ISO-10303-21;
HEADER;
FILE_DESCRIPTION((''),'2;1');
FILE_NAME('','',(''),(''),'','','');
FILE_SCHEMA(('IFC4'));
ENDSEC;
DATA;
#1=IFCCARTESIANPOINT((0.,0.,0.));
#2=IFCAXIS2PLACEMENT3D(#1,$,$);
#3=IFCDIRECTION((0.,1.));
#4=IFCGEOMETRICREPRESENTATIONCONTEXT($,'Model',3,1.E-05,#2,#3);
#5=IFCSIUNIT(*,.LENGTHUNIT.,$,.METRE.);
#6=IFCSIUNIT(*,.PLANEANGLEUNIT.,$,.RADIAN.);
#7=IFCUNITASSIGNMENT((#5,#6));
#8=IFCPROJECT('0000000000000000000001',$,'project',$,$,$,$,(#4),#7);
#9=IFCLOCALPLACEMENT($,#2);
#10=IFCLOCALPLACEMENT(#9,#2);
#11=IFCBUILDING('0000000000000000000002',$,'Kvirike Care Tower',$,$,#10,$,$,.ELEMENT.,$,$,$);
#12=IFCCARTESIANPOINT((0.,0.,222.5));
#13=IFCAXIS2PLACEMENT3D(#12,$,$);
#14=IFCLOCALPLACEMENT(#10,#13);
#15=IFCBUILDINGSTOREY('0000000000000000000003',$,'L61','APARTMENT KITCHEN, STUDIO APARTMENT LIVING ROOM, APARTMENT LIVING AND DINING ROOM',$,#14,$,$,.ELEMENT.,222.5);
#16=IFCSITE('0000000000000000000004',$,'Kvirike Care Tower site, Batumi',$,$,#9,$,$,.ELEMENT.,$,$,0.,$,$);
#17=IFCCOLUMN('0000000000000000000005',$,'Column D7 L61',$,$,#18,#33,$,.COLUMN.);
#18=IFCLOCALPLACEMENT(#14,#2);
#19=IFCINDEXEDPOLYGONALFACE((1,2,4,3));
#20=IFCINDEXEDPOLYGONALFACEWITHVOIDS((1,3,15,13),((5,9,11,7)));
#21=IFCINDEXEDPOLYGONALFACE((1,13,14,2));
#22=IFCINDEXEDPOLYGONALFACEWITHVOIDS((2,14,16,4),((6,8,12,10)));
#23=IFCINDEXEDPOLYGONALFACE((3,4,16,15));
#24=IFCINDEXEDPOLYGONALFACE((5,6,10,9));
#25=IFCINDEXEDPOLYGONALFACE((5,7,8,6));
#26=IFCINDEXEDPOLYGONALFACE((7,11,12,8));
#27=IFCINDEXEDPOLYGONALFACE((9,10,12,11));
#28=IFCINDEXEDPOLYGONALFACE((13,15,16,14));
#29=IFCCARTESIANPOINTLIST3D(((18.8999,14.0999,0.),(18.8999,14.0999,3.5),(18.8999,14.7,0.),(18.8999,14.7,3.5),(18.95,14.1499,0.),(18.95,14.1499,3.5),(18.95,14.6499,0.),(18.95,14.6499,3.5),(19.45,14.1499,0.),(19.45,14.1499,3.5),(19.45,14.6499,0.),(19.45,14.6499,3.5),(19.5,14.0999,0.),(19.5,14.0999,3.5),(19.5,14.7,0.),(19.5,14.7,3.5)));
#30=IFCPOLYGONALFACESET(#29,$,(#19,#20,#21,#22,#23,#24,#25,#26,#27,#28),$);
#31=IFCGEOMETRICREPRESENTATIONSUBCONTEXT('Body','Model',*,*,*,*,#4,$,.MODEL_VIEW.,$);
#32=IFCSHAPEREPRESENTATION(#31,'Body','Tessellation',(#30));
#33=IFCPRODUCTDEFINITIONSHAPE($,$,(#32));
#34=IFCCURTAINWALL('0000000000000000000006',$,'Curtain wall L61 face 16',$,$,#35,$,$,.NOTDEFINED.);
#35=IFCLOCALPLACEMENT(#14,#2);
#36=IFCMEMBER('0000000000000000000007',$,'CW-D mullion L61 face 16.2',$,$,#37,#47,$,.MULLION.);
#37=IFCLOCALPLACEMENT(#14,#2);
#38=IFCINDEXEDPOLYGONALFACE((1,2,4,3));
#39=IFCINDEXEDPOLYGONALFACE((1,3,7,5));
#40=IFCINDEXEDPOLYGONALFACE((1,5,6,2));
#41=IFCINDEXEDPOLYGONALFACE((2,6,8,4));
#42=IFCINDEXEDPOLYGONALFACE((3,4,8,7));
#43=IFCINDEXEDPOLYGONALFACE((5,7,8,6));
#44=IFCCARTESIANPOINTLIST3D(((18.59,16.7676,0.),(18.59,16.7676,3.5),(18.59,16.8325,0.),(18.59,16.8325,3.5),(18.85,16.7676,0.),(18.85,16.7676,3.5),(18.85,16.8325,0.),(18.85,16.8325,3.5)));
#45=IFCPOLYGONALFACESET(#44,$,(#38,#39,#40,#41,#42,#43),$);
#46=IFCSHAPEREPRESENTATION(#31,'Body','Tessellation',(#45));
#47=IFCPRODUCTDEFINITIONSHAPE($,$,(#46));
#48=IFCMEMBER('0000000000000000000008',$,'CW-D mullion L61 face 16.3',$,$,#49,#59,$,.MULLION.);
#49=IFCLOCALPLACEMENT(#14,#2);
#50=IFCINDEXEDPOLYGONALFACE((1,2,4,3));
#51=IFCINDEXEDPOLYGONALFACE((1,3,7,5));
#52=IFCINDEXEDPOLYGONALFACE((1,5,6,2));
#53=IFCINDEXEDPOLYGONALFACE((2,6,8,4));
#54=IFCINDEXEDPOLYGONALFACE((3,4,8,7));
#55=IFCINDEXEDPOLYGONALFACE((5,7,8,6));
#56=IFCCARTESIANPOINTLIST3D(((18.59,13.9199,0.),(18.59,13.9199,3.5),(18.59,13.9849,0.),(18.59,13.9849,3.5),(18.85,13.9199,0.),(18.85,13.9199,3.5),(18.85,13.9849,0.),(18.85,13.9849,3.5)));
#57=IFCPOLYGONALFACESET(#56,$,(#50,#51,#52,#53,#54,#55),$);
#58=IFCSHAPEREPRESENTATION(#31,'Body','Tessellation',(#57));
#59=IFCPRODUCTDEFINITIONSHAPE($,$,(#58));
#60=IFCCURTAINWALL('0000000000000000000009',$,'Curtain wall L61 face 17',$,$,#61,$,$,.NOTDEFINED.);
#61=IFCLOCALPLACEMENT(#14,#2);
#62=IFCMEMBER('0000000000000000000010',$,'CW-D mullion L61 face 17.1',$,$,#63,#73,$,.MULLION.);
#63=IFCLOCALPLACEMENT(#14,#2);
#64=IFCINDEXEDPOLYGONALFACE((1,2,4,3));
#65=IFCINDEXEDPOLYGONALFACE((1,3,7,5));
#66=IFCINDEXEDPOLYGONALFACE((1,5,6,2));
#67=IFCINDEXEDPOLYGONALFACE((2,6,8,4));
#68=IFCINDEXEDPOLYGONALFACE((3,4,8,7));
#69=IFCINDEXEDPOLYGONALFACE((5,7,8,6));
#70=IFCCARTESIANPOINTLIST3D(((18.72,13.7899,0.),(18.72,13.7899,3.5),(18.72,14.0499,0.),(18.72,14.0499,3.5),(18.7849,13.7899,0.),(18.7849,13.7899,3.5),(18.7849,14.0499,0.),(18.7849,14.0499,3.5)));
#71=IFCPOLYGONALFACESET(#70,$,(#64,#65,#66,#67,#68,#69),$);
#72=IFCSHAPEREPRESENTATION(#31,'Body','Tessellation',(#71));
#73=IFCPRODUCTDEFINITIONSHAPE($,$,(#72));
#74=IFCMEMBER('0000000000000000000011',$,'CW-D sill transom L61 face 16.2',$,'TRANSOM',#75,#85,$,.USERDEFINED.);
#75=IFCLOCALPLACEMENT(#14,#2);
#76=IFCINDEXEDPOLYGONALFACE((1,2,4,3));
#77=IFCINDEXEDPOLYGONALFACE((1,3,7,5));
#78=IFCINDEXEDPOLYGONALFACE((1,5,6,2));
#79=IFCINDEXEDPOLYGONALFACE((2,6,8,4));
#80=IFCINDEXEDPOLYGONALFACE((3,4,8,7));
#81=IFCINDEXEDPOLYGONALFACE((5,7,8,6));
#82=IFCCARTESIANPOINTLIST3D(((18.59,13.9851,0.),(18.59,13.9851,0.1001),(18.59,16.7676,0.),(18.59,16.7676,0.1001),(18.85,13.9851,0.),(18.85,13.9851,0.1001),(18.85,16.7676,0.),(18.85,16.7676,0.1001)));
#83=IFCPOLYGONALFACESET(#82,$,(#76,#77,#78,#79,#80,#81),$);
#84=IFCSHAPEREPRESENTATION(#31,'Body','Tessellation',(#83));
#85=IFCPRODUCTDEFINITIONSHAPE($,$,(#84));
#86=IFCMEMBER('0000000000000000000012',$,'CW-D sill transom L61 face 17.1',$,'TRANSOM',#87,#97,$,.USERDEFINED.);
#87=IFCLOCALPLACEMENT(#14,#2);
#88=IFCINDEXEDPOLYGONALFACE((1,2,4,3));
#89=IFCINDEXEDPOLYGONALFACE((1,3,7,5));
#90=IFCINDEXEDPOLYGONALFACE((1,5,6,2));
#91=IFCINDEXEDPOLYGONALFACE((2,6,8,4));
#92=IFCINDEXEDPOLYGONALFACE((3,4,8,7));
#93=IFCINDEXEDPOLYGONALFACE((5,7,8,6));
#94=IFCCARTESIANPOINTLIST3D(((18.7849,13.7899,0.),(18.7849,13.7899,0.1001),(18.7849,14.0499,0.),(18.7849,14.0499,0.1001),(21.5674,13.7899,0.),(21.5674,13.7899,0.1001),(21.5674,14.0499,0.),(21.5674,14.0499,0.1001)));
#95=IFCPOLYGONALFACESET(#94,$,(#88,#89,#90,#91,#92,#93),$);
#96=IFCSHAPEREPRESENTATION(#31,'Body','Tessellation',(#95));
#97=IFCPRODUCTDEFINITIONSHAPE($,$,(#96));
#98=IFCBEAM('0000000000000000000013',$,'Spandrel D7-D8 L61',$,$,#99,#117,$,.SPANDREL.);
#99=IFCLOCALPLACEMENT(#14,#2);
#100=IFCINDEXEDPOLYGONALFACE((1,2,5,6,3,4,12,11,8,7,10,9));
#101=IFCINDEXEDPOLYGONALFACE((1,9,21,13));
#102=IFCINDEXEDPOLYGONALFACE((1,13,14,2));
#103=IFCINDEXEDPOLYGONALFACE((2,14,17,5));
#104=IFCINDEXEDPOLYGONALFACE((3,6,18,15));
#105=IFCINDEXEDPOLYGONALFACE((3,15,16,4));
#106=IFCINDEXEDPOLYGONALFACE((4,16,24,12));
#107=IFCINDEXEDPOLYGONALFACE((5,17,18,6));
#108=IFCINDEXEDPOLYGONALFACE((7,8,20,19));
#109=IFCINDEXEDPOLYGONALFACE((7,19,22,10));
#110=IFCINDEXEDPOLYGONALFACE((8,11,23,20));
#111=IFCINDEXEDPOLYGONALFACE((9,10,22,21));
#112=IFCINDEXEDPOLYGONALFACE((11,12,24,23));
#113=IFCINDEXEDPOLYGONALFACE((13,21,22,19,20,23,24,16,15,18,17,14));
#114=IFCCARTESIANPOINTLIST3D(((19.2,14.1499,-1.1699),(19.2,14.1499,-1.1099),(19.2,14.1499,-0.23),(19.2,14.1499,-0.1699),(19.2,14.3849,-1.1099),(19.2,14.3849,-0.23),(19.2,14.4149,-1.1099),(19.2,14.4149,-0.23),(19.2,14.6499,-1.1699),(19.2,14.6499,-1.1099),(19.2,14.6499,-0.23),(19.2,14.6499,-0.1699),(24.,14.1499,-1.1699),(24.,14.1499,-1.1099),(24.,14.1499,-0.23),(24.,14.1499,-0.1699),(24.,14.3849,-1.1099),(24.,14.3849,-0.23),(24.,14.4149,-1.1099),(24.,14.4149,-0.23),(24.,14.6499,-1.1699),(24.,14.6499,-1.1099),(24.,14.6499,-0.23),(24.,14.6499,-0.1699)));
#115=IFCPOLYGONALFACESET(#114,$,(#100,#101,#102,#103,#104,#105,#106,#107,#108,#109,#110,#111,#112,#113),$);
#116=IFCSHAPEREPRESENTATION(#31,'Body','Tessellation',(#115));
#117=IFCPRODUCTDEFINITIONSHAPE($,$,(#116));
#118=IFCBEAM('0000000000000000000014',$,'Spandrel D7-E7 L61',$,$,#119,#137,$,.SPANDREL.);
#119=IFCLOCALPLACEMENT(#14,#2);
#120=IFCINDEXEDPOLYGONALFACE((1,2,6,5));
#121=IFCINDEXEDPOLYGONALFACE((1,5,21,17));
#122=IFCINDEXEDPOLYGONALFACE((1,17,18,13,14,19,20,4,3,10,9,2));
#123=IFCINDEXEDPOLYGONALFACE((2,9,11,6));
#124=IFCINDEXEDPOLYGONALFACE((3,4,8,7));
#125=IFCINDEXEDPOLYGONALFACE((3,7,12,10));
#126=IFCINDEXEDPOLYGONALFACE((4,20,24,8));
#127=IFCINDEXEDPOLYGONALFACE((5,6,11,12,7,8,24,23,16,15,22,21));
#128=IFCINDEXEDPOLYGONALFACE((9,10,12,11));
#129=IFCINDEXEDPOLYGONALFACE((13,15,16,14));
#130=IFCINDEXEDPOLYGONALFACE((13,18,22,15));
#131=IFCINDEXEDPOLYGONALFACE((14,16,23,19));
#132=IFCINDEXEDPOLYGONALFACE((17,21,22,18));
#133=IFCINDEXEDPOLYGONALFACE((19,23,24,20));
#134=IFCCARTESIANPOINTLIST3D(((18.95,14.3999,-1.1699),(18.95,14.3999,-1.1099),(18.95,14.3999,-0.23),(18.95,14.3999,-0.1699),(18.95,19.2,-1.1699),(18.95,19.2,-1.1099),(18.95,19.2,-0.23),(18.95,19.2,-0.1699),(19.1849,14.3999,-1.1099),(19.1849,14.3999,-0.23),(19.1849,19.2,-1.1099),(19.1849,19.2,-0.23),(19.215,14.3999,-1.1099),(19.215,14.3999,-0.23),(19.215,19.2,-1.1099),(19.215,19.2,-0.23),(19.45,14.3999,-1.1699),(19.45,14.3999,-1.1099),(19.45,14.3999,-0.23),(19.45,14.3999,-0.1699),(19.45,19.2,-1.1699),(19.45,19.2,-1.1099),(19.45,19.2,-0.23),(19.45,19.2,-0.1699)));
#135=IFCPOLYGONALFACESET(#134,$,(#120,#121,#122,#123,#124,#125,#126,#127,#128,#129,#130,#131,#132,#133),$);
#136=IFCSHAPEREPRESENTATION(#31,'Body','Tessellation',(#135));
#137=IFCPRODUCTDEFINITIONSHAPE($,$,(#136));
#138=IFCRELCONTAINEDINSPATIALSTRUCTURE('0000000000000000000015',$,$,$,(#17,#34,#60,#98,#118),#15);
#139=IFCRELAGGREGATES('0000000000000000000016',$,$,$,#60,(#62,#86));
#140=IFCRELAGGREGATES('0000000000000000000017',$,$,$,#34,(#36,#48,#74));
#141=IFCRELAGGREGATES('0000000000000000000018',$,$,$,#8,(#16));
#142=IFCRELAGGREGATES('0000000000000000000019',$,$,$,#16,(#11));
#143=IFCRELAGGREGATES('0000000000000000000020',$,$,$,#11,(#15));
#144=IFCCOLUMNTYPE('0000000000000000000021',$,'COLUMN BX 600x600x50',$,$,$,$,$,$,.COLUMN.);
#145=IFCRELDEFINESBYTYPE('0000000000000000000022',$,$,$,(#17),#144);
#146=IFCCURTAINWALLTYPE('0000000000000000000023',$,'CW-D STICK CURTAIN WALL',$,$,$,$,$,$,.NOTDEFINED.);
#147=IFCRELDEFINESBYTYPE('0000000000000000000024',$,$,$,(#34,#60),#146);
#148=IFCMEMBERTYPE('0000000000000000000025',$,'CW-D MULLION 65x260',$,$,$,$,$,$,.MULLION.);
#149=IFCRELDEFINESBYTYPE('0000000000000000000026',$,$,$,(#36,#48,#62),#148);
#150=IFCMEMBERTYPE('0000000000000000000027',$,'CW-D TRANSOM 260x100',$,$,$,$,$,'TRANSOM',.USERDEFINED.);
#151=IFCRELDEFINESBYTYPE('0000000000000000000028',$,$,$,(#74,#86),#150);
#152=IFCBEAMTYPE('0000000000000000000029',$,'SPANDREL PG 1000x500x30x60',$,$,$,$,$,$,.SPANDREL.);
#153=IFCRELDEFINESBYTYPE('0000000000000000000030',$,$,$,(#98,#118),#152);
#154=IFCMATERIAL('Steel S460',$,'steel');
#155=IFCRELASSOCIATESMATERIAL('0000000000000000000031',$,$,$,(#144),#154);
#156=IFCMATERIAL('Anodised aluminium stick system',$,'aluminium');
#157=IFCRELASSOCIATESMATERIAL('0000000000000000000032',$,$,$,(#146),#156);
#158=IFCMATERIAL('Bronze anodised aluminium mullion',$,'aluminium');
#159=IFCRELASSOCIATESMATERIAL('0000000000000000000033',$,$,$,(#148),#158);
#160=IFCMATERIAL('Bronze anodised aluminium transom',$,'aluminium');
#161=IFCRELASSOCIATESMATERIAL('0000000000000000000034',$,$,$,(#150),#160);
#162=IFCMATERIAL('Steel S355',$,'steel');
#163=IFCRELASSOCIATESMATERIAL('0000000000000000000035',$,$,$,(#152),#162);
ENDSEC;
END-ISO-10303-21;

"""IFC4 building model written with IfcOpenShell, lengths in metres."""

from ifc_helpers import new_model, si_unit, direction, frame, origin, origin_2d, place, context, subcontext, project, spatial, rectangle, hollow_rectangle, i_section, extrude, material, material_profile, profile_set, type_object, element, aggregate, save


model = new_model("IFC4")

# Units and contexts
model_context = context("Model", 3, precision=1e-05, world=origin(), true_north=direction((0.0, 1.0)))
body_context = subcontext(model_context, "Body", "Model", "MODEL_VIEW")
ifc_project = project(units=[si_unit("LENGTHUNIT", "METRE"), si_unit("PLANEANGLEUNIT", "RADIAN")], contexts=[model_context])

# Site, building, storey
site_placement = place(None, origin())
site = spatial("IfcSite", under=ifc_project, at=site_placement, Name="Kvirike Care Tower site, Batumi", CompositionType="ELEMENT", RefElevation=0.0)
building_placement = place(site_placement, origin())
building = spatial("IfcBuilding", under=site, at=building_placement, Name="Kvirike Care Tower", CompositionType="ELEMENT")
storey_placement = place(building_placement, frame((0.0, 0.0, 222.5)))
storey = spatial("IfcBuildingStorey", under=building, at=storey_placement, Name="L61", Description="APARTMENT KITCHEN, STUDIO APARTMENT LIVING ROOM, APARTMENT LIVING AND DINING ROOM", CompositionType="ELEMENT", Elevation=222.5)

# Column
ifc_material_1 = material(Name="Steel S460", Category="steel")
ifc_material_profile_1 = material_profile(ifc_material_1, hollow_rectangle(XDim=0.6001, YDim=0.6001, WallThickness=0.05, at=origin_2d()), Name="BX 600x600x50")
ifc_profile_set_1 = profile_set([ifc_material_profile_1], Name="Steel S460")
column_type = type_object("IfcColumnType", Name="COLUMN BX 600x600x50", PredefinedType="COLUMN", material=ifc_profile_set_1)
column_placement = place(storey_placement, frame((19.2, 14.3999, 0.0), z_axis=(0.0, 0.0, 1.0), x_axis=(0.0, 1.0, 0.0)))
element("IfcColumn", 1, at=column_placement, inside=storey, type_object=column_type, Name="Column D7 L61", PredefinedType="COLUMN", context=body_context, shape_type="SweptSolid", body=[
    extrude(hollow_rectangle(XDim=0.6001, YDim=0.6001, WallThickness=0.05, at=origin_2d()), origin(), (0.0, 0.0, 1.0), 3.5),
])

# Curtain wall, members
ifc_material_2 = material(Name="Anodised aluminium stick system", Category="aluminium")
curtain_wall_type = type_object("IfcCurtainWallType", Name="CW-D STICK CURTAIN WALL", PredefinedType="NOTDEFINED", material=ifc_material_2)
curtain_wall_1_placement = place(storey_placement, origin())
curtain_wall_1 = element("IfcCurtainWall", 2, at=curtain_wall_1_placement, inside=storey, type_object=curtain_wall_type, Name="Curtain wall L61 face 16", PredefinedType="NOTDEFINED")
ifc_material_3 = material(Name="Bronze anodised aluminium mullion", Category="aluminium")
ifc_material_profile_2 = material_profile(ifc_material_3, rectangle(XDim=0.0649, YDim=0.26, at=origin_2d()), Name="CW-D MULLION 65x260")
ifc_profile_set_2 = profile_set([ifc_material_profile_2], Name="Bronze anodised aluminium mullion")
member_type_1 = type_object("IfcMemberType", Name="CW-D MULLION 65x260", PredefinedType="MULLION", material=ifc_profile_set_2)
member_1_placement = place(storey_placement, frame((18.72, 16.8, 0.0), z_axis=(0.0, 0.0, 1.0), x_axis=(0.0, -1.0, 0.0)))
member_1 = element("IfcMember", 3, at=member_1_placement, type_object=member_type_1, Name="CW-D mullion L61 face 16.2", PredefinedType="MULLION", context=body_context, shape_type="SweptSolid", body=[
    extrude(rectangle(XDim=0.0649, YDim=0.26, at=origin_2d()), origin(), (0.0, 0.0, 1.0), 3.5),
])
member_2_placement = place(storey_placement, frame((18.72, 13.9524, 0.0), z_axis=(0.0, 0.0, 1.0), x_axis=(0.0, -1.0, 0.0)))
member_2 = element("IfcMember", 4, at=member_2_placement, type_object=member_type_1, Name="CW-D mullion L61 face 16.3", PredefinedType="MULLION", context=body_context, shape_type="SweptSolid", body=[
    extrude(rectangle(XDim=0.0649, YDim=0.26, at=origin_2d()), origin(), (0.0, 0.0, 1.0), 3.5),
])

# Curtain wall, member
curtain_wall_2_placement = place(storey_placement, origin())
curtain_wall_2 = element("IfcCurtainWall", 5, at=curtain_wall_2_placement, inside=storey, type_object=curtain_wall_type, Name="Curtain wall L61 face 17", PredefinedType="NOTDEFINED")
member_3_placement = place(storey_placement, frame((18.7524, 13.9199, 0.0), z_axis=(0.0, 0.0, 1.0), x_axis=(1.0, 0.0, 0.0)))
member_3 = element("IfcMember", 6, at=member_3_placement, type_object=member_type_1, Name="CW-D mullion L61 face 17.1", PredefinedType="MULLION", context=body_context, shape_type="SweptSolid", body=[
    extrude(rectangle(XDim=0.0649, YDim=0.26, at=origin_2d()), origin(), (0.0, 0.0, 1.0), 3.5),
])

# Members
ifc_material_4 = material(Name="Bronze anodised aluminium transom", Category="aluminium")
ifc_material_profile_3 = material_profile(ifc_material_4, rectangle(XDim=0.26, YDim=0.1001, at=origin_2d()), Name="CW-D TRANSOM 260x100")
ifc_profile_set_3 = profile_set([ifc_material_profile_3], Name="Bronze anodised aluminium transom")
member_type_2 = type_object("IfcMemberType", Name="CW-D TRANSOM 260x100", ElementType="TRANSOM", PredefinedType="USERDEFINED", material=ifc_profile_set_3)
member_4_placement = place(storey_placement, frame((18.72, 16.7676, 0.05), z_axis=(0.0, -1.0, 0.0), x_axis=(1.0, 0.0, 0.0)))
member_4 = element("IfcMember", 7, at=member_4_placement, type_object=member_type_2, Name="CW-D sill transom L61 face 16.2", ObjectType="TRANSOM", PredefinedType="USERDEFINED", context=body_context, shape_type="SweptSolid", body=[
    extrude(rectangle(XDim=0.26, YDim=0.1001, at=origin_2d()), origin(), (0.0, 0.0, 1.0), 2.7825),
])
member_5_placement = place(storey_placement, frame((18.7849, 13.9199, 0.05), z_axis=(1.0, 0.0, 0.0), x_axis=(0.0, 1.0, 0.0)))
member_5 = element("IfcMember", 8, at=member_5_placement, type_object=member_type_2, Name="CW-D sill transom L61 face 17.1", ObjectType="TRANSOM", PredefinedType="USERDEFINED", context=body_context, shape_type="SweptSolid", body=[
    extrude(rectangle(XDim=0.26, YDim=0.1001, at=origin_2d()), origin(), (0.0, 0.0, 1.0), 2.7825),
])
aggregate(curtain_wall_2, [member_3, member_5])

# Beams
ifc_material_5 = material(Name="Steel S355", Category="steel")
ifc_material_profile_4 = material_profile(ifc_material_5, i_section(OverallWidth=0.5, OverallDepth=1.0, WebThickness=0.03, FlangeThickness=0.0601, at=origin_2d()), Name="PG 1000x500x30x60")
ifc_profile_set_4 = profile_set([ifc_material_profile_4], Name="Steel S355")
beam_type = type_object("IfcBeamType", Name="SPANDREL PG 1000x500x30x60", PredefinedType="SPANDREL", material=ifc_profile_set_4)
for number, where, z_axis, x_axis, name in (
    (9, (19.2, 14.3999, -0.6699), (1.0, 0.0, 0.0), (0.0, 1.0, 0.0), "Spandrel D7-D8 L61"),
    (10, (19.2, 14.3999, -0.6699), (0.0, 1.0, 0.0), (-1.0, 0.0, 0.0), "Spandrel D7-E7 L61"),
):
    element("IfcBeam", number, at=place(storey_placement, frame(where, z_axis=z_axis, x_axis=x_axis)), inside=storey, type_object=beam_type, Name=name, PredefinedType="SPANDREL", context=body_context, shape_type="SweptSolid", body=[
        extrude(i_section(OverallWidth=0.5, OverallDepth=1.0, WebThickness=0.03, FlangeThickness=0.0601, at=origin_2d()), origin(), (0.0, 0.0, 1.0), 4.8),
    ])

aggregate(curtain_wall_1, [member_1, member_2, member_4])

save(model, "model.ifc")
